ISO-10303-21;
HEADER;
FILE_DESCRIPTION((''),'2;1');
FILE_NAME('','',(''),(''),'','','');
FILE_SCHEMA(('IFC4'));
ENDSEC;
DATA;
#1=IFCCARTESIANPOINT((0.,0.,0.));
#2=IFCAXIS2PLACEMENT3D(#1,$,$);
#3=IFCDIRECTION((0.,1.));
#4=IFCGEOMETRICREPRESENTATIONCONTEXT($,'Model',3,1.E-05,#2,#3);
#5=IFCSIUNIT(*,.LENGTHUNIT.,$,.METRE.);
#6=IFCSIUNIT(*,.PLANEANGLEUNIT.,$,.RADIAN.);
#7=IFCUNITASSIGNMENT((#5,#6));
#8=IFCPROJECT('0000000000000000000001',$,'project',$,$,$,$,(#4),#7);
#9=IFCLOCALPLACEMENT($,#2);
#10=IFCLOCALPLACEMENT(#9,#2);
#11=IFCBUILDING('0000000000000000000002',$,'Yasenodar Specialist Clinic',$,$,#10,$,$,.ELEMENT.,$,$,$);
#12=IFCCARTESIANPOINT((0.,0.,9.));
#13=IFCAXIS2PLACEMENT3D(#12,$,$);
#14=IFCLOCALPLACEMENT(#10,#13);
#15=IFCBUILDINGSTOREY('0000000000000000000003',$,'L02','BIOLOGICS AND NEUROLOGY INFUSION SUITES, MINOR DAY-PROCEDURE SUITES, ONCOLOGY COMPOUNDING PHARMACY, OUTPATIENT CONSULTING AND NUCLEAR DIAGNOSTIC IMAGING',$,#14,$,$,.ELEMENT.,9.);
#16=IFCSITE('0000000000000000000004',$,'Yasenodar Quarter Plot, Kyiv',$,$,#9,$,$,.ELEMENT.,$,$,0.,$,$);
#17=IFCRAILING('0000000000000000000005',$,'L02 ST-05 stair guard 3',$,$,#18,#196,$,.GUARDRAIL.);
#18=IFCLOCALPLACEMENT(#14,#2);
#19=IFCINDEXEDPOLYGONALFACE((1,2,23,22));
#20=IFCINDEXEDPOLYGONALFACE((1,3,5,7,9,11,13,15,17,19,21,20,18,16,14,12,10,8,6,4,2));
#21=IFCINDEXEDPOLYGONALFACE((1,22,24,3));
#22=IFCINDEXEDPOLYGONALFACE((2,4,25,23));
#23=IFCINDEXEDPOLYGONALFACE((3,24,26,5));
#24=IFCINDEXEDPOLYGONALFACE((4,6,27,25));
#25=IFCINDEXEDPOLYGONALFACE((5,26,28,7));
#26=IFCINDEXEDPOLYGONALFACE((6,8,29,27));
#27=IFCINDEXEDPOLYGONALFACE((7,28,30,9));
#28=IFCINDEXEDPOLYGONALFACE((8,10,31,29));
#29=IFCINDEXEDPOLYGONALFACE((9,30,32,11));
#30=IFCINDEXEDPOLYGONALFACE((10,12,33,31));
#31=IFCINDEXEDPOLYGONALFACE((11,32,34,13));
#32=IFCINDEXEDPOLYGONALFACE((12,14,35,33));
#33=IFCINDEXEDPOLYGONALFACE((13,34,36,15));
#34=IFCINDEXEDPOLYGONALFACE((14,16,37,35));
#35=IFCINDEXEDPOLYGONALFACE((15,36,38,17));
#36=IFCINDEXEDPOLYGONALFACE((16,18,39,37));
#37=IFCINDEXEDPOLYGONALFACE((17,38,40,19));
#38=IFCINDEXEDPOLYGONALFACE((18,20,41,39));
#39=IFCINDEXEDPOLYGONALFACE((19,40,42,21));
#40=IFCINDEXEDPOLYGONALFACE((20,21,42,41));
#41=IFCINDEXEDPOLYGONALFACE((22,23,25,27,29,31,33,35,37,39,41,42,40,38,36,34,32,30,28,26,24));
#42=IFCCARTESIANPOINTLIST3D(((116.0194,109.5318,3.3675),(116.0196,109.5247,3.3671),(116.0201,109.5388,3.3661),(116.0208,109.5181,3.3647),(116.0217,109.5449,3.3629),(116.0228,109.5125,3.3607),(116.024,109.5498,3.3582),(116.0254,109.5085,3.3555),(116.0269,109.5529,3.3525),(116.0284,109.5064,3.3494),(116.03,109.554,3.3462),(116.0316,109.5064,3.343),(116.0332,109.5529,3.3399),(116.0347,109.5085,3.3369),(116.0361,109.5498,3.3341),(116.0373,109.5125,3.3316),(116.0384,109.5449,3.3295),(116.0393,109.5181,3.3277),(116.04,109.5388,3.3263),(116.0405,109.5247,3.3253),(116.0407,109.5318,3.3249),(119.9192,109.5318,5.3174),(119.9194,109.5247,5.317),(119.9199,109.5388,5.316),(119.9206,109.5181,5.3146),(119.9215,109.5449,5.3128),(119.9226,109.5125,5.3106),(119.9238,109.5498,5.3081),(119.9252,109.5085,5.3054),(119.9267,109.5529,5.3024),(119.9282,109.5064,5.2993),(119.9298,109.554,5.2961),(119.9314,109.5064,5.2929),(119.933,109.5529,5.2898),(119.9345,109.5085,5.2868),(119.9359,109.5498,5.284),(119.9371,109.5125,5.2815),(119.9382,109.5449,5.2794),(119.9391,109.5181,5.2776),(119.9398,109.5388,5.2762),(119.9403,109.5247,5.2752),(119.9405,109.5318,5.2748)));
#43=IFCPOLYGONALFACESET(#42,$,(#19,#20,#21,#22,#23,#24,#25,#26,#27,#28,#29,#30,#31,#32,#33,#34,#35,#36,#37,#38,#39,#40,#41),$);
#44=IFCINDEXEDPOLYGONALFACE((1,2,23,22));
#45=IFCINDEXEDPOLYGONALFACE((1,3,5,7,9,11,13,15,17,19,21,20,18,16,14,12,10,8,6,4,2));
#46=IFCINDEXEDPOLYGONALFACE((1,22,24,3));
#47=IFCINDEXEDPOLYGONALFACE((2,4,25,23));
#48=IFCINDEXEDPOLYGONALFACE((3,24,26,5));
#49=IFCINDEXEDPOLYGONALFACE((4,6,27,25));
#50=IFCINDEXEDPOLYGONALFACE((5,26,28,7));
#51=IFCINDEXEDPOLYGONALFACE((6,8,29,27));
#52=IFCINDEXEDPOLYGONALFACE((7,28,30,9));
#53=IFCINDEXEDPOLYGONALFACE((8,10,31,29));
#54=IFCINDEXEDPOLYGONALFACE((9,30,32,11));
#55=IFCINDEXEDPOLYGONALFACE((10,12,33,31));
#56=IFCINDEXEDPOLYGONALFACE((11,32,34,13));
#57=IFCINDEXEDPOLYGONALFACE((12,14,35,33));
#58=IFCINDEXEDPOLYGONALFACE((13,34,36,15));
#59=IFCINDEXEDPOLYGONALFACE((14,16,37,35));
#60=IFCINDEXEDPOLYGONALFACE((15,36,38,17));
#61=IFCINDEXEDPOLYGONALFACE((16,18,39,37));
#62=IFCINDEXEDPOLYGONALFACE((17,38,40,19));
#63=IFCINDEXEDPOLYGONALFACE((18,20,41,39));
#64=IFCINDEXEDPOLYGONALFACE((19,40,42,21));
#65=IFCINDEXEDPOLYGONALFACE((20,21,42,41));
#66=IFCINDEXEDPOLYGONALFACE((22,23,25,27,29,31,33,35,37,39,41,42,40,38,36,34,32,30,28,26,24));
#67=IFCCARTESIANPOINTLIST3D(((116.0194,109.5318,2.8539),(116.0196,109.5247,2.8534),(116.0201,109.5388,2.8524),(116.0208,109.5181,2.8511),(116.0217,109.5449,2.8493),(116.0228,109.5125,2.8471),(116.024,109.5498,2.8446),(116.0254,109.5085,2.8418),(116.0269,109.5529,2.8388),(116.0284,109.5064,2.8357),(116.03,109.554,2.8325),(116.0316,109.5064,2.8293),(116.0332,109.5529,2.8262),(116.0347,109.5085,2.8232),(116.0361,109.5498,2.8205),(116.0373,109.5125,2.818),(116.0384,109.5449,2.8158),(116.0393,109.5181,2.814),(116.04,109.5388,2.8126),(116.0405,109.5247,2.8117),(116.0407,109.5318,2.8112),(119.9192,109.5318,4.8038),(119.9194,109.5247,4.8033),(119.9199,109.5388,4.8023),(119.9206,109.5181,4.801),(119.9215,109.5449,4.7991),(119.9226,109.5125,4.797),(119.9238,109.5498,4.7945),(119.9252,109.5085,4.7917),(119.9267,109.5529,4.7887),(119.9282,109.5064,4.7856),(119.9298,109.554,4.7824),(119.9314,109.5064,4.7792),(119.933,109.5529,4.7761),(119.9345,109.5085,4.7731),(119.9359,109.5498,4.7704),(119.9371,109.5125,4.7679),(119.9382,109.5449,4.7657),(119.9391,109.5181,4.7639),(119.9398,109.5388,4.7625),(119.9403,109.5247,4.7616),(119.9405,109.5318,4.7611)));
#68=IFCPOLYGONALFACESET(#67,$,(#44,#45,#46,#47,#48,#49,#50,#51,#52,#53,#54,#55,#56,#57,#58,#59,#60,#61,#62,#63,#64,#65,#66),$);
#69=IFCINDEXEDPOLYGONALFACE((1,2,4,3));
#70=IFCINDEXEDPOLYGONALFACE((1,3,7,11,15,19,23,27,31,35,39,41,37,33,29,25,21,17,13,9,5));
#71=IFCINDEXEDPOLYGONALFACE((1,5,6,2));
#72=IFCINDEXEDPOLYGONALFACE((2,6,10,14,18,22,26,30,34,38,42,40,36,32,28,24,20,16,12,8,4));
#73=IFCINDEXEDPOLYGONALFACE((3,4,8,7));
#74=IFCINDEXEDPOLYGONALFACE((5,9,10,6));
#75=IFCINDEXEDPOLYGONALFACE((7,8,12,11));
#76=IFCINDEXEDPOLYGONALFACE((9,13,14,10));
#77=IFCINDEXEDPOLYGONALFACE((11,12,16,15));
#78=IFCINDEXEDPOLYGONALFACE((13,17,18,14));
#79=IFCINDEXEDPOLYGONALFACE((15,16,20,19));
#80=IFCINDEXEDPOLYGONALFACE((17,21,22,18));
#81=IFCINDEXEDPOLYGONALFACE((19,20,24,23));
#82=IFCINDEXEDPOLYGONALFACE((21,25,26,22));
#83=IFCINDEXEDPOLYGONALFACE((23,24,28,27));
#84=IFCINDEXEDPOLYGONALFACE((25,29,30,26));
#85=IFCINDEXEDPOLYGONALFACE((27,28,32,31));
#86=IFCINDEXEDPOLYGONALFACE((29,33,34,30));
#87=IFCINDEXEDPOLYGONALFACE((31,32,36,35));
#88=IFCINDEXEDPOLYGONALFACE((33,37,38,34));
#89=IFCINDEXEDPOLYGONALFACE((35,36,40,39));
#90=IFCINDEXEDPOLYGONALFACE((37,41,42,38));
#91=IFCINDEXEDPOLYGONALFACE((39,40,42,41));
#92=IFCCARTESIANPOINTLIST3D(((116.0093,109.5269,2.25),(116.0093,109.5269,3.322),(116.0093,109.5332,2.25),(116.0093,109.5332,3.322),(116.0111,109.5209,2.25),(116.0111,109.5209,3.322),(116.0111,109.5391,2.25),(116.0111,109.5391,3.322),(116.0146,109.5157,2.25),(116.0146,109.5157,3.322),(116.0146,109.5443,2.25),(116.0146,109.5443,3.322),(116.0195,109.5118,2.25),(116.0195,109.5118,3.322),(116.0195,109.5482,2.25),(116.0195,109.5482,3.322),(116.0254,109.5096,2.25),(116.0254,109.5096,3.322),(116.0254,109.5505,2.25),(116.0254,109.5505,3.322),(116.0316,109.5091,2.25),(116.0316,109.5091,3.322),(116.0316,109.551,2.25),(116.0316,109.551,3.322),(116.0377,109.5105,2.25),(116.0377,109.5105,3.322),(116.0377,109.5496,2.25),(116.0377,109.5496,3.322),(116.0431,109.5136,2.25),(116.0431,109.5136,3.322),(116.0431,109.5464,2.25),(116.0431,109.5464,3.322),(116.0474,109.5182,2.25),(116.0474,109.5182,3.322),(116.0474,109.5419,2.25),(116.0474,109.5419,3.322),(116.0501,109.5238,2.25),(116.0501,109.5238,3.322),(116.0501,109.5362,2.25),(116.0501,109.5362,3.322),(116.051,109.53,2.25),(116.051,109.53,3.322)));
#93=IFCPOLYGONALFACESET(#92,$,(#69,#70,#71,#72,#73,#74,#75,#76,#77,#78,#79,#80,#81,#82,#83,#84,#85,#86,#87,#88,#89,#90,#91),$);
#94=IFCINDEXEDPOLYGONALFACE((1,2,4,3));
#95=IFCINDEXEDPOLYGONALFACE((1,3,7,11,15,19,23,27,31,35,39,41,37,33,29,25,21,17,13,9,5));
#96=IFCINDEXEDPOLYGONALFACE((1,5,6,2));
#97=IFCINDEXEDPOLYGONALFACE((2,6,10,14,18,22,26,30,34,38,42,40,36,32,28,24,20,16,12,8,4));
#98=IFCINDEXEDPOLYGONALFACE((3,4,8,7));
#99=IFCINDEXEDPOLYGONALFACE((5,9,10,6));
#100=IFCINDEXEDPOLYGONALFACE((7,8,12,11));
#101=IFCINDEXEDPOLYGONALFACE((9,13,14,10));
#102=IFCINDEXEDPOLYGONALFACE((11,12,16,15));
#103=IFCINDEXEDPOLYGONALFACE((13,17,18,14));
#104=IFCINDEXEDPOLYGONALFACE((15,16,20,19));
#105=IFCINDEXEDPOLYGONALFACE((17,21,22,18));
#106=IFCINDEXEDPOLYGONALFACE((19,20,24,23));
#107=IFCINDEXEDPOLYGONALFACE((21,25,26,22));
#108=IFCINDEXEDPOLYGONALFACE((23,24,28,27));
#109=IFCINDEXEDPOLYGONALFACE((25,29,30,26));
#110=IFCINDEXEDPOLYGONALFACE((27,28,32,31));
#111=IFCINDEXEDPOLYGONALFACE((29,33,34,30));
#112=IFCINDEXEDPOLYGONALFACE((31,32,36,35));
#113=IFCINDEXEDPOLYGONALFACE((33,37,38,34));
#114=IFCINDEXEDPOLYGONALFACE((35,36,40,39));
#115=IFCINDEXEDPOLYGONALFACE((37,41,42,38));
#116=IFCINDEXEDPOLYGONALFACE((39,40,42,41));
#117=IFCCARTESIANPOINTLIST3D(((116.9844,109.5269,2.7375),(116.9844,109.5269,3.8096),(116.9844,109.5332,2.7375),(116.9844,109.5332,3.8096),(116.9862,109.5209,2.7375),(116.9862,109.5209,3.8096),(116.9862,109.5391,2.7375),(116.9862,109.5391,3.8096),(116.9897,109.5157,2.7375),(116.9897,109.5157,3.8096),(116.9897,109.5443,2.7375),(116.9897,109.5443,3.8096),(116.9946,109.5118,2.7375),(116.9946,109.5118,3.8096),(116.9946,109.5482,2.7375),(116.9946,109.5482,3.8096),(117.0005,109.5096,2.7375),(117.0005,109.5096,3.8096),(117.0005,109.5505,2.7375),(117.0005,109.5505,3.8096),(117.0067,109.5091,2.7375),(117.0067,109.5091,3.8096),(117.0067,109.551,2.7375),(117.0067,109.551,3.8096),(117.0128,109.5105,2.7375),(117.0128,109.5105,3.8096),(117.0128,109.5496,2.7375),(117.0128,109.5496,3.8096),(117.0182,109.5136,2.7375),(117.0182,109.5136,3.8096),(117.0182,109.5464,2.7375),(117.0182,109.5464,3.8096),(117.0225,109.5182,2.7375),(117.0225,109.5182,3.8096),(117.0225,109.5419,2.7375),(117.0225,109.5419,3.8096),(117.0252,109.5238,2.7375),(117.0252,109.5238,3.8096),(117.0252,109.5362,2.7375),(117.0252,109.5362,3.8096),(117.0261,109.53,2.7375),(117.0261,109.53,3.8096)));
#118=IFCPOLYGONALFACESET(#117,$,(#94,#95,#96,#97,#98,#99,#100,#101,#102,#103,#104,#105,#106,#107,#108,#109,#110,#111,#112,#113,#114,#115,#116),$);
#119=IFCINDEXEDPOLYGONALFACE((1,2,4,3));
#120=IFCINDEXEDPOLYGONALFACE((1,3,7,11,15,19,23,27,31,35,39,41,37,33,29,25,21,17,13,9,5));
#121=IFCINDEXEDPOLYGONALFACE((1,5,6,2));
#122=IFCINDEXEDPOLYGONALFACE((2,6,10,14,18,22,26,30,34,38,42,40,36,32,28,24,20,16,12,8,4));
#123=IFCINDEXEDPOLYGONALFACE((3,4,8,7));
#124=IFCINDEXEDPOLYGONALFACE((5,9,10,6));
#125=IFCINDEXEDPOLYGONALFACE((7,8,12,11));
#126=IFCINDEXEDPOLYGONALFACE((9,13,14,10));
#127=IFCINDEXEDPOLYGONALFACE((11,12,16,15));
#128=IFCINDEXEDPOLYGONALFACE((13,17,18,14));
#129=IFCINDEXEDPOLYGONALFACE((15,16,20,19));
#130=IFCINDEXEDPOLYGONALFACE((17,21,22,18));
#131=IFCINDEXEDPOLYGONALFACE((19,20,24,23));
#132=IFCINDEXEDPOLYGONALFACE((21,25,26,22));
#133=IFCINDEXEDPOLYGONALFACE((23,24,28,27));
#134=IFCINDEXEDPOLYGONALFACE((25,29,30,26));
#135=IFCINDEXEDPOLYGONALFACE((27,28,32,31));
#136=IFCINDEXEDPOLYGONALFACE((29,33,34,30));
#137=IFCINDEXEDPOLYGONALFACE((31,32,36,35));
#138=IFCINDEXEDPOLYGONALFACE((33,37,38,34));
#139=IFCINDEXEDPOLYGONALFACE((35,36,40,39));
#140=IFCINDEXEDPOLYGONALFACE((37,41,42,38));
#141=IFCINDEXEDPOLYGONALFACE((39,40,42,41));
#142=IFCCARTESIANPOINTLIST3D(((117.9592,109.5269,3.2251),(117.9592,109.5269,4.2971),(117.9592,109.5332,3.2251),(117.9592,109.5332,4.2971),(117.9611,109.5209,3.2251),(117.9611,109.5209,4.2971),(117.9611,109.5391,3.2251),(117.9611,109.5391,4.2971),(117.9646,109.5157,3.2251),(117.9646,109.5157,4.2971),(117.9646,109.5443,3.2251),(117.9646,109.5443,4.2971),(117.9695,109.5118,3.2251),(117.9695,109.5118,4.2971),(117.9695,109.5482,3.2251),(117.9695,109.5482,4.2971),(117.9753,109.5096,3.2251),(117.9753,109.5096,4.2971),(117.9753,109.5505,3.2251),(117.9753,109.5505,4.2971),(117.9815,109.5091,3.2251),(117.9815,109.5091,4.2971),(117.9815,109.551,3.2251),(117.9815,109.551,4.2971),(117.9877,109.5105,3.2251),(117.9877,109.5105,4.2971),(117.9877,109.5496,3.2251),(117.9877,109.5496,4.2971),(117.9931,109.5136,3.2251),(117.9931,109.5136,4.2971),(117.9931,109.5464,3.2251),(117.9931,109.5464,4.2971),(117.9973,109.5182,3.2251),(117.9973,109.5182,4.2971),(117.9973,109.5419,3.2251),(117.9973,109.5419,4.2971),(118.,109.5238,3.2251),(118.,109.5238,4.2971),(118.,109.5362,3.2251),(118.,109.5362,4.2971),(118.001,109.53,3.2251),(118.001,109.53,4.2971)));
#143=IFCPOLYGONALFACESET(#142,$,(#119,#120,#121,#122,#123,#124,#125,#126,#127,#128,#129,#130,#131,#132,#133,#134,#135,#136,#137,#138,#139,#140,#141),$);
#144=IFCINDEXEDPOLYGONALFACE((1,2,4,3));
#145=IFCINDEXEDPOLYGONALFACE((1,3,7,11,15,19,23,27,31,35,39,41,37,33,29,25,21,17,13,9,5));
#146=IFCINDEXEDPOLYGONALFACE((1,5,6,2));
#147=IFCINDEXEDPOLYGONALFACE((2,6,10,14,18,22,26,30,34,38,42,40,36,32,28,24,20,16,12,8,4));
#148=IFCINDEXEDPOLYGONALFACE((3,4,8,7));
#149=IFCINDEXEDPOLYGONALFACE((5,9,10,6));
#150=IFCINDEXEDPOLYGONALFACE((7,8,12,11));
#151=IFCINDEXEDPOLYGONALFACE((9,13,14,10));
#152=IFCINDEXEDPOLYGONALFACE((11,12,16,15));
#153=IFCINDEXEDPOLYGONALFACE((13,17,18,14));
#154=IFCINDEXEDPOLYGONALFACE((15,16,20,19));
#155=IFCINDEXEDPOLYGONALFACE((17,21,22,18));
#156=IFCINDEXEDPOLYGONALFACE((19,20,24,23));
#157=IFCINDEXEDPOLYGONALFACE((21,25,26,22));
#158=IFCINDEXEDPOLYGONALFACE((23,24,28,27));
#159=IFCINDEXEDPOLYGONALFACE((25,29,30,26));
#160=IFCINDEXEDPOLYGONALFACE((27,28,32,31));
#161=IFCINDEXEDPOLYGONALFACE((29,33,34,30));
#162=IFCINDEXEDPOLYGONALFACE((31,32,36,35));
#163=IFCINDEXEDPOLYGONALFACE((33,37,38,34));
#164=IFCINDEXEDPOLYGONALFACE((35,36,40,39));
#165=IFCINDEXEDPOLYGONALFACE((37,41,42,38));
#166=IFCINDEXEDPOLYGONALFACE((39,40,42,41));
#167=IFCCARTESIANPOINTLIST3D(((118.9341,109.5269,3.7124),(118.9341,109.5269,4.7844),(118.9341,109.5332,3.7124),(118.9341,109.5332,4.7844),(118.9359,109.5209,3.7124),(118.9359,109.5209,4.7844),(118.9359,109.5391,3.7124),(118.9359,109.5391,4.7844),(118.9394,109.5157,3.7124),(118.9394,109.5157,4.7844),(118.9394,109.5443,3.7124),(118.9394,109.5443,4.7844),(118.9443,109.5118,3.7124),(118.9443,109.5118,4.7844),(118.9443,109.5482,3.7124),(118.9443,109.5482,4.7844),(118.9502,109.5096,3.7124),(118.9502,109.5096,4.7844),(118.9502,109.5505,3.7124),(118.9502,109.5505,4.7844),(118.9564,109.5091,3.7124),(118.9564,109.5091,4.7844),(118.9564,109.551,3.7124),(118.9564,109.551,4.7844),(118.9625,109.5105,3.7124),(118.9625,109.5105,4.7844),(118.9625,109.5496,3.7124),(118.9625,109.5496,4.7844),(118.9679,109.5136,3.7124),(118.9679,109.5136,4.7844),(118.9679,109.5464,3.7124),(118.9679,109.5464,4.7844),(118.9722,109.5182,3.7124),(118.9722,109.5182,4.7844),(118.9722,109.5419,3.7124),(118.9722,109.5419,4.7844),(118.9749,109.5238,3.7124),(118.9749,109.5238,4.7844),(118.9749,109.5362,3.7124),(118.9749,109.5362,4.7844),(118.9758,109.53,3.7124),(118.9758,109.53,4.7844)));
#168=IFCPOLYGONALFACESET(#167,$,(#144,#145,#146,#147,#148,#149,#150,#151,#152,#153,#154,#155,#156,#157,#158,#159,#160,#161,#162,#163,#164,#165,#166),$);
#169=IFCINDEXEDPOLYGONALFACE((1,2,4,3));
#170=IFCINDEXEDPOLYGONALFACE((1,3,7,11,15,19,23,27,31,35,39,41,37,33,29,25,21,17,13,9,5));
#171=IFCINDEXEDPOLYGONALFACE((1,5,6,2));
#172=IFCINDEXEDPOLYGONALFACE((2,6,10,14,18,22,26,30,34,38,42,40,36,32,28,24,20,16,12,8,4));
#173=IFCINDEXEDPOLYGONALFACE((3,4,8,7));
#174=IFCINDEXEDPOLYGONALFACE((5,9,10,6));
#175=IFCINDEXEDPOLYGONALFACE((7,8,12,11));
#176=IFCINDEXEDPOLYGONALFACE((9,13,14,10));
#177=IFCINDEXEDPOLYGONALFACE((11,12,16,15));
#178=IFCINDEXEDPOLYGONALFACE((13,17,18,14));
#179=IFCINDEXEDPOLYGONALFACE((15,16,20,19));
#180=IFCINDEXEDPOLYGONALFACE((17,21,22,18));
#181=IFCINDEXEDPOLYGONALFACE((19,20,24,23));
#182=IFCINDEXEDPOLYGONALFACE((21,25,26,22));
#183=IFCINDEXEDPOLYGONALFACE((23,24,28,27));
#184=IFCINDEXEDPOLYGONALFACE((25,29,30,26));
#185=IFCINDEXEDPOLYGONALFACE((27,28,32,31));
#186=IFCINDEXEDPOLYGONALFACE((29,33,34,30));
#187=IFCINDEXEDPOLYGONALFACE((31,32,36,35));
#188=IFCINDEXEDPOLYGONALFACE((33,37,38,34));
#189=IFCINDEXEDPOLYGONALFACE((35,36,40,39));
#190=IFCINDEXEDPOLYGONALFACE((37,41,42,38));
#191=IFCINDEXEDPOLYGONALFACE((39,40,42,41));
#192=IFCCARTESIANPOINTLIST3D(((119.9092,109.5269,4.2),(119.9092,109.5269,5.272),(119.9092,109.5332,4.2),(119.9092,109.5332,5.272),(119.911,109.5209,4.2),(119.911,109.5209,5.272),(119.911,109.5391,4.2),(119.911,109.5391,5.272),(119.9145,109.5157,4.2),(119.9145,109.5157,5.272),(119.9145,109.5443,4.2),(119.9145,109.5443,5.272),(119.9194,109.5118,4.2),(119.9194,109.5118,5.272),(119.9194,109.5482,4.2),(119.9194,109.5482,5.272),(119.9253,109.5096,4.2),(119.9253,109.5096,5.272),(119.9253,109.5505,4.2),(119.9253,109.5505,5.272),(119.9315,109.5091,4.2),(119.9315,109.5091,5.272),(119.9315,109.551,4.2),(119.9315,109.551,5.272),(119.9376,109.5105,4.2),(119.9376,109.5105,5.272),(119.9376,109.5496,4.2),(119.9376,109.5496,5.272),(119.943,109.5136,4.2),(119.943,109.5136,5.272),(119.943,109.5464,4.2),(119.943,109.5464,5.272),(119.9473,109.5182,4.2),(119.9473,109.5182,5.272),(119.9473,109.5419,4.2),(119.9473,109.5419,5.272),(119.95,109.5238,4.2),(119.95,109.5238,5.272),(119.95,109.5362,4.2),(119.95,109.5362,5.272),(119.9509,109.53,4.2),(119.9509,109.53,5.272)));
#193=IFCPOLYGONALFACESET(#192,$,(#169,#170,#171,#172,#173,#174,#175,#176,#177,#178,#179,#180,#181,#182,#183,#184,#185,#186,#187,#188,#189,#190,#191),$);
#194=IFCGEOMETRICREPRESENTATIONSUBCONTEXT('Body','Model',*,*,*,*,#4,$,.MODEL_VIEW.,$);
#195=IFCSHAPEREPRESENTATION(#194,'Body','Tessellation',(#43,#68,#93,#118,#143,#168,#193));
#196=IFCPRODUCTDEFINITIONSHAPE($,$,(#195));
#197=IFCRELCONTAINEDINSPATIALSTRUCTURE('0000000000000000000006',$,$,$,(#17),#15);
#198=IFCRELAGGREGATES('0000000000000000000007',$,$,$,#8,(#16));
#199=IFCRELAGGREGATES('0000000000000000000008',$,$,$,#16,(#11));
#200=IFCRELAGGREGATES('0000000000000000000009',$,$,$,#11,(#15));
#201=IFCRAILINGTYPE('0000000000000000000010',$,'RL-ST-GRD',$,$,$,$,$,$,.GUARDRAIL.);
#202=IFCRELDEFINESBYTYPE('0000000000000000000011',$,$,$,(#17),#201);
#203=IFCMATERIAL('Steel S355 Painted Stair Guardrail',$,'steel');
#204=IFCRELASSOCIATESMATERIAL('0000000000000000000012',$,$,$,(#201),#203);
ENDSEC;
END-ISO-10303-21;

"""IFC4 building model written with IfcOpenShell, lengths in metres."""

from ifc_helpers import new_model, si_unit, direction, frame, origin, origin_2d, place, context, subcontext, project, spatial, circle, extrude, material, type_object, element, save


model = new_model("IFC4")

# Units and contexts
model_context = context("Model", 3, precision=1e-05, world=origin(), true_north=direction((0.0, 1.0)))
body_context = subcontext(model_context, "Body", "Model", "MODEL_VIEW")
ifc_project = project(units=[si_unit("LENGTHUNIT", "METRE"), si_unit("PLANEANGLEUNIT", "RADIAN")], contexts=[model_context])

# Site, building, storey
site_placement = place(None, origin())
site = spatial("IfcSite", under=ifc_project, at=site_placement, Name="Yasenodar Quarter Plot, Kyiv", CompositionType="ELEMENT", RefElevation=0.0)
building_placement = place(site_placement, origin())
building = spatial("IfcBuilding", under=site, at=building_placement, Name="Yasenodar Specialist Clinic", CompositionType="ELEMENT")
storey_placement = place(building_placement, frame((0.0, 0.0, 9.0)))
storey = spatial("IfcBuildingStorey", under=building, at=storey_placement, Name="L02", Description="BIOLOGICS AND NEUROLOGY INFUSION SUITES, MINOR DAY-PROCEDURE SUITES, ONCOLOGY COMPOUNDING PHARMACY, OUTPATIENT CONSULTING AND NUCLEAR DIAGNOSTIC IMAGING", CompositionType="ELEMENT", Elevation=9.0)

# Railing
ifc_material_1 = material(Name="Steel S355 Painted Stair Guardrail", Category="steel")
railing_type_1 = type_object("IfcRailingType", Name="RL-ST-GRD", PredefinedType="GUARDRAIL", material=ifc_material_1)
railing_1_placement = place(storey_placement, frame((116.03, 109.53, 2.25)))
element("IfcRailing", 1, at=railing_1_placement, inside=storey, type_object=railing_type_1, Name="L02 ST-05 stair guard 3", PredefinedType="GUARDRAIL", context=body_context, shape_type="SweptSolid", body=[
    extrude(circle(Radius=0.0239, at=origin_2d()), frame((0.0, 0.0, 1.0962), z_axis=(0.894427, 0.0, 0.447214), x_axis=(0.0, 1.0, 0.0)), (0.0, 0.0, 1.0), 4.3601),
    extrude(circle(Radius=0.0239, at=origin_2d()), frame((0.0, 0.0, 0.5825), z_axis=(0.894427, 0.0, 0.447214), x_axis=(0.0, 1.0, 0.0)), (0.0, 0.0, 1.0), 4.3601),
    extrude(circle(Radius=0.021, at=origin_2d()), origin(), (0.0, 0.0, 1.0), 1.072),
    extrude(circle(Radius=0.021, at=origin_2d()), frame((0.9751, 0.0, 0.4875)), (0.0, 0.0, 1.0), 1.072),
    extrude(circle(Radius=0.021, at=origin_2d()), frame((1.95, 0.0, 0.9751)), (0.0, 0.0, 1.0), 1.072),
    extrude(circle(Radius=0.021, at=origin_2d()), frame((2.9248, 0.0, 1.4624)), (0.0, 0.0, 1.0), 1.072),
    extrude(circle(Radius=0.021, at=origin_2d()), frame((3.8999, 0.0, 1.95)), (0.0, 0.0, 1.0), 1.072),
])

save(model, "model.ifc")
